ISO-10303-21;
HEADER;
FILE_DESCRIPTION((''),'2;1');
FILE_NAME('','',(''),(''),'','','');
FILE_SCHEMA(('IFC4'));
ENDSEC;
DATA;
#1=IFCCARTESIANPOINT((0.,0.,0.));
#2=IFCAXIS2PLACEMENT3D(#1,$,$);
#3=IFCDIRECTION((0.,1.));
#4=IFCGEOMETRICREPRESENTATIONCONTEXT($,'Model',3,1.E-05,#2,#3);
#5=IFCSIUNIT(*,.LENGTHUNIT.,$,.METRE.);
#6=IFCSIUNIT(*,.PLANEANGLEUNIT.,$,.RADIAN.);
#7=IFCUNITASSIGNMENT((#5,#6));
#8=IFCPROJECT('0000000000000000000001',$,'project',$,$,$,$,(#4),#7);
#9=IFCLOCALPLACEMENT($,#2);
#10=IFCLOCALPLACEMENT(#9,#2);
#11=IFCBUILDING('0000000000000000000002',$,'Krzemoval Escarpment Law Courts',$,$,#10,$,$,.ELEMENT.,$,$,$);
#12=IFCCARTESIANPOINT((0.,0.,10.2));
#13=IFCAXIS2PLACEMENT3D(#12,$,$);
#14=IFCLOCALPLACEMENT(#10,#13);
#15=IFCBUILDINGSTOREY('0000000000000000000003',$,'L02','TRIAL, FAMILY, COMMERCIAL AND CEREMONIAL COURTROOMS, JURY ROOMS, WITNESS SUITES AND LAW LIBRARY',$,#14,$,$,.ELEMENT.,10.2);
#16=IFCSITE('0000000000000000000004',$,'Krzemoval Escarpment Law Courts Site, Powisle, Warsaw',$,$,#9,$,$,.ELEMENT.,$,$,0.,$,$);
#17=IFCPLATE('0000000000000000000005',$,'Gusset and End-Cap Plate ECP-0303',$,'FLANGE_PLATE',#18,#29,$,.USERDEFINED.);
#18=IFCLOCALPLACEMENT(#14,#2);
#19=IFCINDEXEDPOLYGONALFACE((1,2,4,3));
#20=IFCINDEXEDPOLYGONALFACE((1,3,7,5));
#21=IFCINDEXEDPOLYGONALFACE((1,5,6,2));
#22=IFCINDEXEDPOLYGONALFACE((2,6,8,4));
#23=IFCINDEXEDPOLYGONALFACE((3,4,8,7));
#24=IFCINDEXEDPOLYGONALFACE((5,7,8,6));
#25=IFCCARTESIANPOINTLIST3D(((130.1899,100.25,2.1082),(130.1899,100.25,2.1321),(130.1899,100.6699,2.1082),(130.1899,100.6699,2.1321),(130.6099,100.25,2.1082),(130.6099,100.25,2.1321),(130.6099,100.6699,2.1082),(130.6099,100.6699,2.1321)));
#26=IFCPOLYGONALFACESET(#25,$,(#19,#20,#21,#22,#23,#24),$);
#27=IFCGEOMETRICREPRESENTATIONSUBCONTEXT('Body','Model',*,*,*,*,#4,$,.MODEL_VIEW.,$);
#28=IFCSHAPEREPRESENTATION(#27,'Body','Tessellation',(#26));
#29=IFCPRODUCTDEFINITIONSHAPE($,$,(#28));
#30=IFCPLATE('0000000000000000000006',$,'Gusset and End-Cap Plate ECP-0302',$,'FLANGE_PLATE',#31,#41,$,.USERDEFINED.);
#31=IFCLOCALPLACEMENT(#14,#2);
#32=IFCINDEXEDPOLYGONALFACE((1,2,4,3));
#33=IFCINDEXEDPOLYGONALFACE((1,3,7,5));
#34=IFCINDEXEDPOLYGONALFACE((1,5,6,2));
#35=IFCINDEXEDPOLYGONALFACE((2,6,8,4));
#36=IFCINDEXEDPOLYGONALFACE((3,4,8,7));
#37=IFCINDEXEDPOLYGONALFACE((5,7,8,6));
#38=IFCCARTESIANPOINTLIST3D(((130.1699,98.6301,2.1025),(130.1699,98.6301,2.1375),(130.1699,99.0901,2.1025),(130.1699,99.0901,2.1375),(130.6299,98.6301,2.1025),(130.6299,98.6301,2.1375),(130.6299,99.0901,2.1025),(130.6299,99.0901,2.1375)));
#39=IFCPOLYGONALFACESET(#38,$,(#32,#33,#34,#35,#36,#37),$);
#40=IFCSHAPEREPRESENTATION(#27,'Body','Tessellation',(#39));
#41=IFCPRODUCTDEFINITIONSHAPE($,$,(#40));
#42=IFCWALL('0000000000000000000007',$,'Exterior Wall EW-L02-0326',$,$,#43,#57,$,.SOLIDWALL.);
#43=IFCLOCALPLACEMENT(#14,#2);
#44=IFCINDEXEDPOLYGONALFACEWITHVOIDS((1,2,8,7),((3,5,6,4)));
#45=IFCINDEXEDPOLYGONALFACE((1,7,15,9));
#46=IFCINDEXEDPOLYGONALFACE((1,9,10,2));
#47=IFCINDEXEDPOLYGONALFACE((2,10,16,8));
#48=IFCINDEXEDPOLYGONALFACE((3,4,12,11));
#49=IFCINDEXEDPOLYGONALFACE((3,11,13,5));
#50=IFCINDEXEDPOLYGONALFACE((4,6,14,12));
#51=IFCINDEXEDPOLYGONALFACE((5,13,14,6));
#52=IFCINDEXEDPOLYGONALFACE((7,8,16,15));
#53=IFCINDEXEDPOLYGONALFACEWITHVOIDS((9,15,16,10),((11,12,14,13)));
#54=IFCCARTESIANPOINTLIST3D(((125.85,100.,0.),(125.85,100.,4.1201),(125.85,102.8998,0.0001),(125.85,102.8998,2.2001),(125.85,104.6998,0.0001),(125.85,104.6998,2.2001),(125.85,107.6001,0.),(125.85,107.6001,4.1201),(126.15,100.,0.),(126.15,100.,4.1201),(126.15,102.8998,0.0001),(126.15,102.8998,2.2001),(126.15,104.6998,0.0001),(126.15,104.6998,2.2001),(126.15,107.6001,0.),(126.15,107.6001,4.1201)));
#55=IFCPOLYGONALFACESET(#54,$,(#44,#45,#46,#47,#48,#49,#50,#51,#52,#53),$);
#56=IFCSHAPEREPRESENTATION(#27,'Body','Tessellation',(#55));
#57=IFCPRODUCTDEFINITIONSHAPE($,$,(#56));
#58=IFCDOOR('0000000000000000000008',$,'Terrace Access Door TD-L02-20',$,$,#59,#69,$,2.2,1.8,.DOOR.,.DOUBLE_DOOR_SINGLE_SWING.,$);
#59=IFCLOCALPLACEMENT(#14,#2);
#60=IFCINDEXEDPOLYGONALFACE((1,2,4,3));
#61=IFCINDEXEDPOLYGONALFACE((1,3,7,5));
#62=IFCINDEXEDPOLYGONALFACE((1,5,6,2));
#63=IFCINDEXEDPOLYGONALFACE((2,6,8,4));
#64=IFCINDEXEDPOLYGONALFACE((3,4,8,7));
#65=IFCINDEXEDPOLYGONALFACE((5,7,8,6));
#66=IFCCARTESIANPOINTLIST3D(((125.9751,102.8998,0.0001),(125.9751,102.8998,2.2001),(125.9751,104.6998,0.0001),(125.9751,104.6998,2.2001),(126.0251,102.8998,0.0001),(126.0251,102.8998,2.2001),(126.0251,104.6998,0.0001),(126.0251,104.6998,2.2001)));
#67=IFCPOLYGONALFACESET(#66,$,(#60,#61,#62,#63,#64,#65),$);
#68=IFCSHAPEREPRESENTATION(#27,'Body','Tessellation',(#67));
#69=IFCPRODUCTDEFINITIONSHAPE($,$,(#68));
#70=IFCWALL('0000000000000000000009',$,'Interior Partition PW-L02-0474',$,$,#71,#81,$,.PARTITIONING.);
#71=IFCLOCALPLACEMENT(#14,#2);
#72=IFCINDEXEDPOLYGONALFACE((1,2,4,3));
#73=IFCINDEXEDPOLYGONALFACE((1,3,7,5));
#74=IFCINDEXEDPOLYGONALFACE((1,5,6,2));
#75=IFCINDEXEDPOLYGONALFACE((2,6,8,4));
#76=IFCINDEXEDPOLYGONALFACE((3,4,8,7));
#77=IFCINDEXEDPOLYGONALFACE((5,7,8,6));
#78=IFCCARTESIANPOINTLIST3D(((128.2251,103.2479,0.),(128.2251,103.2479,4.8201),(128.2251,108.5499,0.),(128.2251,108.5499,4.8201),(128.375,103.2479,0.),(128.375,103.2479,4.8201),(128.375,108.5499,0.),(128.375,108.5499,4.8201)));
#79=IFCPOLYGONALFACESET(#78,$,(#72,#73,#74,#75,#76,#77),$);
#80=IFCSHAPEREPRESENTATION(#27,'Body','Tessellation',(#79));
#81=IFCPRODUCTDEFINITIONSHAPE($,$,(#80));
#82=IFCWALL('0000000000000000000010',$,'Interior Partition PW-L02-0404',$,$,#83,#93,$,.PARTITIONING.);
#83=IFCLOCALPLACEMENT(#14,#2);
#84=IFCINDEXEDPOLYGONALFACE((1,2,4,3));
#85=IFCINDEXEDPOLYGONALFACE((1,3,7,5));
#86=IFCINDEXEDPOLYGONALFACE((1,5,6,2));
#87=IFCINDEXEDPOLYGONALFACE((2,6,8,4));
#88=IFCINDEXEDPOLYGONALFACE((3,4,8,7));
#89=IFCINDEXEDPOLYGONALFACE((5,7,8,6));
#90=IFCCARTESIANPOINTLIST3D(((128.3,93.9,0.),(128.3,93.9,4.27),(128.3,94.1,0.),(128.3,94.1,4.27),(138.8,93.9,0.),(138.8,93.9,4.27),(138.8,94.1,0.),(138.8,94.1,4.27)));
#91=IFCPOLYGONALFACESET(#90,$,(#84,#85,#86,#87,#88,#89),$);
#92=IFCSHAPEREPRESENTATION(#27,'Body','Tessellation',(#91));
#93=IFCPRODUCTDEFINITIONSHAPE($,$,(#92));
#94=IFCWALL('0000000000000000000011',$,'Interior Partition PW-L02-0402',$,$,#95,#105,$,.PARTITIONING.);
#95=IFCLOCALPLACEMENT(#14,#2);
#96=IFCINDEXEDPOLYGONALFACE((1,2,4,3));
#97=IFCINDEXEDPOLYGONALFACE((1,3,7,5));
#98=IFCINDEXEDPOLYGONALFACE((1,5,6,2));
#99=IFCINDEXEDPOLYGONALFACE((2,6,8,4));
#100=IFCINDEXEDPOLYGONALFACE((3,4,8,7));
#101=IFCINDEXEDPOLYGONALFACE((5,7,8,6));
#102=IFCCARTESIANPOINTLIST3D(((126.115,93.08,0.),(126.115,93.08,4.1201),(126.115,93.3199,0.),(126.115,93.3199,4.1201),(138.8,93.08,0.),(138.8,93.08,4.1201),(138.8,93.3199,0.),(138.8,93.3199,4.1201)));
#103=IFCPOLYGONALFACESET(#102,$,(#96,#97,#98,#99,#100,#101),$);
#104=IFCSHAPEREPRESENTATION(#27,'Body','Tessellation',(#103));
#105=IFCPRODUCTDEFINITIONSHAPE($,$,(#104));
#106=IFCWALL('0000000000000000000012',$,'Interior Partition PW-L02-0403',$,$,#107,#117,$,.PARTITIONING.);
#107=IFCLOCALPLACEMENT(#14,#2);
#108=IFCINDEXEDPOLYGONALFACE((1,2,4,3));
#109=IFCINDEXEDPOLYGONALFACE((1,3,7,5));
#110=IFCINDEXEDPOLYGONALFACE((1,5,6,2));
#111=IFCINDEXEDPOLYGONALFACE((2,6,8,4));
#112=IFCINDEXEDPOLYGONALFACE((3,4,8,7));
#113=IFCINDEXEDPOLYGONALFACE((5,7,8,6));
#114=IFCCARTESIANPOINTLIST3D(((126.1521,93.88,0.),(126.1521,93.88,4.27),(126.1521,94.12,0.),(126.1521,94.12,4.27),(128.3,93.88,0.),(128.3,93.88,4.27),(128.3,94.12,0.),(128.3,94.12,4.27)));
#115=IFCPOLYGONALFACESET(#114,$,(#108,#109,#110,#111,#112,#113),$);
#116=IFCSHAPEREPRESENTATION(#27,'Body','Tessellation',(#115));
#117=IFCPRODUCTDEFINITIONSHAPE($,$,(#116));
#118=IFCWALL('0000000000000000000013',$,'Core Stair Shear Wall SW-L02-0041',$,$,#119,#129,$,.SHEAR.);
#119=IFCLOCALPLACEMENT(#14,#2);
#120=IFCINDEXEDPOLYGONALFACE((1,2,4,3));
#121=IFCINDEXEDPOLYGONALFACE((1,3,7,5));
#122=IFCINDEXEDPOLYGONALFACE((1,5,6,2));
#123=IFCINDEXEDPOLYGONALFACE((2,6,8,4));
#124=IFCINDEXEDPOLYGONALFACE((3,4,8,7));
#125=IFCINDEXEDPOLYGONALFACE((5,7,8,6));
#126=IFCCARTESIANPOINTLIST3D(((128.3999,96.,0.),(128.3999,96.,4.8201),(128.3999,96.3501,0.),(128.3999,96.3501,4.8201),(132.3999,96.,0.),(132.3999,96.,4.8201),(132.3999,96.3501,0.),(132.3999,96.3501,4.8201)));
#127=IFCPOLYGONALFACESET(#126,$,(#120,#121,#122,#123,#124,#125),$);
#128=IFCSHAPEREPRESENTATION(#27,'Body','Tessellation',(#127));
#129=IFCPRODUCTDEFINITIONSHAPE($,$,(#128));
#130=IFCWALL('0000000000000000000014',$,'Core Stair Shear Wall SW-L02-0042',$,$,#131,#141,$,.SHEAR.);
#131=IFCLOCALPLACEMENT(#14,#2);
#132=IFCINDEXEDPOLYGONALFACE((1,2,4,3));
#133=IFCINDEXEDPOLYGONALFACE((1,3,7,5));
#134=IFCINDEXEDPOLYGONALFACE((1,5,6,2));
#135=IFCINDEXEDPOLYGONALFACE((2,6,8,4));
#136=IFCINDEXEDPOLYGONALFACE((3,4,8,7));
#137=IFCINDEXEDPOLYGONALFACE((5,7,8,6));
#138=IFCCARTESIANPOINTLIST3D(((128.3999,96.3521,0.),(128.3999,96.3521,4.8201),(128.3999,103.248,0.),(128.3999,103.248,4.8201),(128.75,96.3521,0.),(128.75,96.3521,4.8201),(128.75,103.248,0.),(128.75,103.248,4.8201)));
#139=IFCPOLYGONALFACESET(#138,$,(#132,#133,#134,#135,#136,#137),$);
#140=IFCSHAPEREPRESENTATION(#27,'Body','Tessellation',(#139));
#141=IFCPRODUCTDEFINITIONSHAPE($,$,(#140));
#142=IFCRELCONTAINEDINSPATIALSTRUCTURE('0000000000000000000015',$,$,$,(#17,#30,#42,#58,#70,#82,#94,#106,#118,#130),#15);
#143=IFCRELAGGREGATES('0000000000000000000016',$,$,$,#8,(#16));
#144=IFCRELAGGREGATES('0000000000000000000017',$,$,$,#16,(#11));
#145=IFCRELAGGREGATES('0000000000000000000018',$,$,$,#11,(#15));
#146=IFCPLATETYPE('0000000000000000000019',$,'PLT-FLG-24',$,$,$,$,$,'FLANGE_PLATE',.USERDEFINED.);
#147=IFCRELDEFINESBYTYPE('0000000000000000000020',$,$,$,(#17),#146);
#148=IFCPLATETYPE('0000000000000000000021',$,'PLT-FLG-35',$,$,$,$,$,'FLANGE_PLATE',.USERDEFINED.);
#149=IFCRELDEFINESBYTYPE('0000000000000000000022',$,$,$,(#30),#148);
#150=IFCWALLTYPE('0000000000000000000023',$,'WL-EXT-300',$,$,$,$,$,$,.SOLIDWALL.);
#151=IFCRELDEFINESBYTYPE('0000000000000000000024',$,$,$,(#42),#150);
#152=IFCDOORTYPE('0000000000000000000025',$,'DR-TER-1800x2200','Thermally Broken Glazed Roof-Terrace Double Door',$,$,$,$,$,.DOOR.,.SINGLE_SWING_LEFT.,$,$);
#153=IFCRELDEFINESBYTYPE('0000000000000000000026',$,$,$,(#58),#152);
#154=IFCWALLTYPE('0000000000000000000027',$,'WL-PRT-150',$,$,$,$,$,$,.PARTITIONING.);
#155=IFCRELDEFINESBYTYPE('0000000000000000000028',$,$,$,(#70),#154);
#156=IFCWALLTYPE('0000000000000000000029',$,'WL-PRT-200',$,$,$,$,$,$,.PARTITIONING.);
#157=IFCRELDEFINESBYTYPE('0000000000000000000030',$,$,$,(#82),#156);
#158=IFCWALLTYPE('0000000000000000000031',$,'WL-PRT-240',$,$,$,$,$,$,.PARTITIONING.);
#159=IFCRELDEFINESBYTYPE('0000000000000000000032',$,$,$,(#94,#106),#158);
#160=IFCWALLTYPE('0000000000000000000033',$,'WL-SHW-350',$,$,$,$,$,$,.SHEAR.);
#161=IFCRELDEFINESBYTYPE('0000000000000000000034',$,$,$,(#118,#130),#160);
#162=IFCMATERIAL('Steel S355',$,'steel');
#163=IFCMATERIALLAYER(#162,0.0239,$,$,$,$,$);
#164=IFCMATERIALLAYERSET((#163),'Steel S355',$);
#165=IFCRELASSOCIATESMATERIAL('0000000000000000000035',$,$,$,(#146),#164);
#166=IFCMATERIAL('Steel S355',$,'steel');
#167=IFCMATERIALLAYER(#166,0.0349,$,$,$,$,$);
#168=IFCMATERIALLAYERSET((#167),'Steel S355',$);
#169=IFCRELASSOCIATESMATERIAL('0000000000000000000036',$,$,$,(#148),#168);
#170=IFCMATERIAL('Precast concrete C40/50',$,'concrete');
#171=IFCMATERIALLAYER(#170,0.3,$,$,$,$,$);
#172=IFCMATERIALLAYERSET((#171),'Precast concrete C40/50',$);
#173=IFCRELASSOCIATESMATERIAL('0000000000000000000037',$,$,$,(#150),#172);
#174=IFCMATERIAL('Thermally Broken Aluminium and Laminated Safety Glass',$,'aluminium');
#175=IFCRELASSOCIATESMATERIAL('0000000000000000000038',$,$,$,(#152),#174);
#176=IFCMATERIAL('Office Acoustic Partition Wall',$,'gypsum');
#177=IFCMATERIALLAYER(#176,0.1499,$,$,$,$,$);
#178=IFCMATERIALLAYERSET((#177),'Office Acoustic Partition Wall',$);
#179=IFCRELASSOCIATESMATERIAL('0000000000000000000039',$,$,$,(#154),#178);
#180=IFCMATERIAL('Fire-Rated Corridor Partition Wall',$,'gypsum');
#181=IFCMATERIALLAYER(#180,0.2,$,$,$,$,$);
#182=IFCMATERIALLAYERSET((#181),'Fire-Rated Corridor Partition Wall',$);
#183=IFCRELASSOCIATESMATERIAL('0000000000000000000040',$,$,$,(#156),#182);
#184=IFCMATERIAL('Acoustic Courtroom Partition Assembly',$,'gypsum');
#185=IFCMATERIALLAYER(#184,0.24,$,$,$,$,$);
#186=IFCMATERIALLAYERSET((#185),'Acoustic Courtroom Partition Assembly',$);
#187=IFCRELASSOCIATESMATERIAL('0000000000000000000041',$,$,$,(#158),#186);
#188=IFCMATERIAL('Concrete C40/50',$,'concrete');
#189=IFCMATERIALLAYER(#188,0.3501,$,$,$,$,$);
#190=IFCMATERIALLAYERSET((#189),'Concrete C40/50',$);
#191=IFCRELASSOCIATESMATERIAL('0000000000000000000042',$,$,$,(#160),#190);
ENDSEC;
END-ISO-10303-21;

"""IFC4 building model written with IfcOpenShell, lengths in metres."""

from ifc_helpers import new_model, si_unit, direction, frame, frame_2d, origin, origin_2d, place, context, subcontext, project, spatial, rectangle, extrude, material, layer, layer_set, type_object, element, fill, save


model = new_model("IFC4")

# Units and contexts
model_context = context("Model", 3, precision=1e-05, world=origin(), true_north=direction((0.0, 1.0)))
body_context = subcontext(model_context, "Body", "Model", "MODEL_VIEW")
ifc_project = project(units=[si_unit("LENGTHUNIT", "METRE"), si_unit("PLANEANGLEUNIT", "RADIAN")], contexts=[model_context])

# Site, building, storey
site_placement = place(None, origin())
site = spatial("IfcSite", under=ifc_project, at=site_placement, Name="Krzemoval Escarpment Law Courts Site, Powisle, Warsaw", CompositionType="ELEMENT", RefElevation=0.0)
building_placement = place(site_placement, origin())
building = spatial("IfcBuilding", under=site, at=building_placement, Name="Krzemoval Escarpment Law Courts", CompositionType="ELEMENT")
storey_placement = place(building_placement, frame((0.0, 0.0, 10.2)))
storey = spatial("IfcBuildingStorey", under=building, at=storey_placement, Name="L02", Description="TRIAL, FAMILY, COMMERCIAL AND CEREMONIAL COURTROOMS, JURY ROOMS, WITNESS SUITES AND LAW LIBRARY", CompositionType="ELEMENT", Elevation=10.2)

# Plates
ifc_material_1 = material(Name="Steel S355", Category="steel")
ifc_layer_1 = layer(ifc_material_1, 0.0239)
ifc_layer_set_1 = layer_set([ifc_layer_1], Name="Steel S355")
plate_type_1 = type_object("IfcPlateType", Name="PLT-FLG-24", ElementType="FLANGE_PLATE", PredefinedType="USERDEFINED", material=ifc_layer_set_1)
plate_1_placement = place(storey_placement, frame((130.3999, 100.46, 2.1082), z_axis=(0.0, 0.0, 1.0), x_axis=(1.0, 0.0, 0.0)))
element("IfcPlate", 1, at=plate_1_placement, inside=storey, type_object=plate_type_1, Name="Gusset and End-Cap Plate ECP-0303", ObjectType="FLANGE_PLATE", PredefinedType="USERDEFINED", context=body_context, shape_type="SweptSolid", body=[
    extrude(rectangle(XDim=0.4199, YDim=0.4199, at=origin_2d()), origin(), (0.0, 0.0, 1.0), 0.0239),
])
ifc_material_2 = material(Name="Steel S355", Category="steel")
ifc_layer_2 = layer(ifc_material_2, 0.0349)
ifc_layer_set_2 = layer_set([ifc_layer_2], Name="Steel S355")
plate_type_2 = type_object("IfcPlateType", Name="PLT-FLG-35", ElementType="FLANGE_PLATE", PredefinedType="USERDEFINED", material=ifc_layer_set_2)
plate_2_placement = place(storey_placement, frame((130.3999, 98.8601, 2.1025), z_axis=(0.0, 0.0, 1.0), x_axis=(1.0, 0.0, 0.0)))
element("IfcPlate", 2, at=plate_2_placement, inside=storey, type_object=plate_type_2, Name="Gusset and End-Cap Plate ECP-0302", ObjectType="FLANGE_PLATE", PredefinedType="USERDEFINED", context=body_context, shape_type="SweptSolid", body=[
    extrude(rectangle(XDim=0.46, YDim=0.46, at=origin_2d()), origin(), (0.0, 0.0, 1.0), 0.0349),
])

# Wall, opening, door
ifc_material_3 = material(Name="Precast concrete C40/50", Category="concrete")
ifc_layer_3 = layer(ifc_material_3, 0.3)
ifc_layer_set_3 = layer_set([ifc_layer_3], Name="Precast concrete C40/50")
wall_type_1 = type_object("IfcWallType", Name="WL-EXT-300", PredefinedType="SOLIDWALL", material=ifc_layer_set_3)
wall_1_placement = place(storey_placement, frame((126.0, 100.0, 0.0), z_axis=(0.0, 0.0, 1.0), x_axis=(0.0, 1.0, 0.0)))
wall_1 = element("IfcWall", 3, at=wall_1_placement, inside=storey, type_object=wall_type_1, Name="Exterior Wall EW-L02-0326", PredefinedType="SOLIDWALL", context=body_context, shape_type="SweptSolid", body=[
    extrude(rectangle(XDim=7.6001, YDim=0.3, at=frame_2d((3.8, 0.0))), origin(), (0.0, 0.0, 1.0), 4.1201),
])
opening_placement = place(wall_1_placement, frame((2.8999, 0.0, 0.0)))
opening = element("IfcOpeningElement", 4, at=opening_placement, cuts=wall_1, PredefinedType="OPENING", context=body_context, shape_type="SweptSolid", body=[
    extrude(rectangle(XDim=1.8, YDim=2.2, at=frame_2d((0.8999, 1.1001))), frame((0.0, 0.165, 0.0), z_axis=(0.0, -1.0, 0.0), x_axis=(1.0, 0.0, 0.0)), (0.0, 0.0, 1.0), 0.3301),
])
ifc_material_4 = material(Name="Thermally Broken Aluminium and Laminated Safety Glass", Category="aluminium")
door_type = type_object("IfcDoorType", Name="DR-TER-1800x2200", Description="Thermally Broken Glazed Roof-Terrace Double Door", OperationType="SINGLE_SWING_LEFT", PredefinedType="DOOR", material=ifc_material_4)
door_placement = place(opening_placement, origin())
door = element("IfcDoor", 5, at=door_placement, inside=storey, type_object=door_type, Name="Terrace Access Door TD-L02-20", OperationType="DOUBLE_DOOR_SINGLE_SWING", OverallHeight=2.2, OverallWidth=1.8, PredefinedType="DOOR", context=body_context, shape_type="SweptSolid", body=[
    extrude(rectangle(XDim=1.8, YDim=2.2, at=frame_2d((0.8999, 1.1001))), frame((0.0, 0.0249, 0.0), z_axis=(0.0, -1.0, 0.0), x_axis=(1.0, 0.0, 0.0)), (0.0, 0.0, 1.0), 0.05),
])
fill(opening, door)

# Walls
ifc_material_5 = material(Name="Office Acoustic Partition Wall", Category="gypsum")
ifc_layer_4 = layer(ifc_material_5, 0.1499)
ifc_layer_set_4 = layer_set([ifc_layer_4], Name="Office Acoustic Partition Wall")
wall_type_2 = type_object("IfcWallType", Name="WL-PRT-150", PredefinedType="PARTITIONING", material=ifc_layer_set_4)
wall_2_placement = place(storey_placement, frame((128.3, 103.248, 0.0), z_axis=(0.0, 0.0, 1.0), x_axis=(0.0, 1.0, 0.0)))
element("IfcWall", 6, at=wall_2_placement, inside=storey, type_object=wall_type_2, Name="Interior Partition PW-L02-0474", PredefinedType="PARTITIONING", context=body_context, shape_type="SweptSolid", body=[
    extrude(rectangle(XDim=5.302, YDim=0.1499, at=frame_2d((2.6509, 0.0))), origin(), (0.0, 0.0, 1.0), 4.8201),
])
ifc_material_6 = material(Name="Fire-Rated Corridor Partition Wall", Category="gypsum")
ifc_layer_5 = layer(ifc_material_6, 0.2)
ifc_layer_set_5 = layer_set([ifc_layer_5], Name="Fire-Rated Corridor Partition Wall")
wall_type_3 = type_object("IfcWallType", Name="WL-PRT-200", PredefinedType="PARTITIONING", material=ifc_layer_set_5)
wall_3_placement = place(storey_placement, frame((128.3, 94.0, 0.0), z_axis=(0.0, 0.0, 1.0), x_axis=(1.0, 0.0, 0.0)))
element("IfcWall", 7, at=wall_3_placement, inside=storey, type_object=wall_type_3, Name="Interior Partition PW-L02-0404", PredefinedType="PARTITIONING", context=body_context, shape_type="SweptSolid", body=[
    extrude(rectangle(XDim=10.5, YDim=0.2, at=frame_2d((5.25, 0.0))), origin(), (0.0, 0.0, 1.0), 4.27),
])
ifc_material_7 = material(Name="Acoustic Courtroom Partition Assembly", Category="gypsum")
ifc_layer_6 = layer(ifc_material_7, 0.24)
ifc_layer_set_6 = layer_set([ifc_layer_6], Name="Acoustic Courtroom Partition Assembly")
wall_type_4 = type_object("IfcWallType", Name="WL-PRT-240", PredefinedType="PARTITIONING", material=ifc_layer_set_6)
wall_4_placement = place(storey_placement, frame((126.115, 93.2, 0.0), z_axis=(0.0, 0.0, 1.0), x_axis=(1.0, 0.0, 0.0)))
element("IfcWall", 8, at=wall_4_placement, inside=storey, type_object=wall_type_4, Name="Interior Partition PW-L02-0402", PredefinedType="PARTITIONING", context=body_context, shape_type="SweptSolid", body=[
    extrude(rectangle(XDim=12.6851, YDim=0.24, at=frame_2d((6.3425, 0.0))), origin(), (0.0, 0.0, 1.0), 4.1201),
])
wall_5_placement = place(storey_placement, frame((126.1521, 94.0, 0.0), z_axis=(0.0, 0.0, 1.0), x_axis=(1.0, 0.0, 0.0)))
element("IfcWall", 9, at=wall_5_placement, inside=storey, type_object=wall_type_4, Name="Interior Partition PW-L02-0403", PredefinedType="PARTITIONING", context=body_context, shape_type="SweptSolid", body=[
    extrude(rectangle(XDim=2.1479, YDim=0.24, at=frame_2d((1.074, 0.0))), origin(), (0.0, 0.0, 1.0), 4.27),
])
ifc_material_8 = material(Name="Concrete C40/50", Category="concrete")
ifc_layer_7 = layer(ifc_material_8, 0.3501)
ifc_layer_set_7 = layer_set([ifc_layer_7], Name="Concrete C40/50")
wall_type_5 = type_object("IfcWallType", Name="WL-SHW-350", PredefinedType="SHEAR", material=ifc_layer_set_7)
wall_6_placement = place(storey_placement, frame((128.3999, 96.175, 0.0), z_axis=(0.0, 0.0, 1.0), x_axis=(1.0, 0.0, 0.0)))
element("IfcWall", 10, at=wall_6_placement, inside=storey, type_object=wall_type_5, Name="Core Stair Shear Wall SW-L02-0041", PredefinedType="SHEAR", context=body_context, shape_type="SweptSolid", body=[
    extrude(rectangle(XDim=4.0, YDim=0.3501, at=frame_2d((2.0, 0.0))), origin(), (0.0, 0.0, 1.0), 4.8201),
])
wall_7_placement = place(storey_placement, frame((128.575, 96.3521, 0.0), z_axis=(0.0, 0.0, 1.0), x_axis=(0.0, 1.0, 0.0)))
element("IfcWall", 11, at=wall_7_placement, inside=storey, type_object=wall_type_5, Name="Core Stair Shear Wall SW-L02-0042", PredefinedType="SHEAR", context=body_context, shape_type="SweptSolid", body=[
    extrude(rectangle(XDim=6.896, YDim=0.3501, at=frame_2d((3.448, 0.0))), origin(), (0.0, 0.0, 1.0), 4.8201),
])

save(model, "model.ifc")
